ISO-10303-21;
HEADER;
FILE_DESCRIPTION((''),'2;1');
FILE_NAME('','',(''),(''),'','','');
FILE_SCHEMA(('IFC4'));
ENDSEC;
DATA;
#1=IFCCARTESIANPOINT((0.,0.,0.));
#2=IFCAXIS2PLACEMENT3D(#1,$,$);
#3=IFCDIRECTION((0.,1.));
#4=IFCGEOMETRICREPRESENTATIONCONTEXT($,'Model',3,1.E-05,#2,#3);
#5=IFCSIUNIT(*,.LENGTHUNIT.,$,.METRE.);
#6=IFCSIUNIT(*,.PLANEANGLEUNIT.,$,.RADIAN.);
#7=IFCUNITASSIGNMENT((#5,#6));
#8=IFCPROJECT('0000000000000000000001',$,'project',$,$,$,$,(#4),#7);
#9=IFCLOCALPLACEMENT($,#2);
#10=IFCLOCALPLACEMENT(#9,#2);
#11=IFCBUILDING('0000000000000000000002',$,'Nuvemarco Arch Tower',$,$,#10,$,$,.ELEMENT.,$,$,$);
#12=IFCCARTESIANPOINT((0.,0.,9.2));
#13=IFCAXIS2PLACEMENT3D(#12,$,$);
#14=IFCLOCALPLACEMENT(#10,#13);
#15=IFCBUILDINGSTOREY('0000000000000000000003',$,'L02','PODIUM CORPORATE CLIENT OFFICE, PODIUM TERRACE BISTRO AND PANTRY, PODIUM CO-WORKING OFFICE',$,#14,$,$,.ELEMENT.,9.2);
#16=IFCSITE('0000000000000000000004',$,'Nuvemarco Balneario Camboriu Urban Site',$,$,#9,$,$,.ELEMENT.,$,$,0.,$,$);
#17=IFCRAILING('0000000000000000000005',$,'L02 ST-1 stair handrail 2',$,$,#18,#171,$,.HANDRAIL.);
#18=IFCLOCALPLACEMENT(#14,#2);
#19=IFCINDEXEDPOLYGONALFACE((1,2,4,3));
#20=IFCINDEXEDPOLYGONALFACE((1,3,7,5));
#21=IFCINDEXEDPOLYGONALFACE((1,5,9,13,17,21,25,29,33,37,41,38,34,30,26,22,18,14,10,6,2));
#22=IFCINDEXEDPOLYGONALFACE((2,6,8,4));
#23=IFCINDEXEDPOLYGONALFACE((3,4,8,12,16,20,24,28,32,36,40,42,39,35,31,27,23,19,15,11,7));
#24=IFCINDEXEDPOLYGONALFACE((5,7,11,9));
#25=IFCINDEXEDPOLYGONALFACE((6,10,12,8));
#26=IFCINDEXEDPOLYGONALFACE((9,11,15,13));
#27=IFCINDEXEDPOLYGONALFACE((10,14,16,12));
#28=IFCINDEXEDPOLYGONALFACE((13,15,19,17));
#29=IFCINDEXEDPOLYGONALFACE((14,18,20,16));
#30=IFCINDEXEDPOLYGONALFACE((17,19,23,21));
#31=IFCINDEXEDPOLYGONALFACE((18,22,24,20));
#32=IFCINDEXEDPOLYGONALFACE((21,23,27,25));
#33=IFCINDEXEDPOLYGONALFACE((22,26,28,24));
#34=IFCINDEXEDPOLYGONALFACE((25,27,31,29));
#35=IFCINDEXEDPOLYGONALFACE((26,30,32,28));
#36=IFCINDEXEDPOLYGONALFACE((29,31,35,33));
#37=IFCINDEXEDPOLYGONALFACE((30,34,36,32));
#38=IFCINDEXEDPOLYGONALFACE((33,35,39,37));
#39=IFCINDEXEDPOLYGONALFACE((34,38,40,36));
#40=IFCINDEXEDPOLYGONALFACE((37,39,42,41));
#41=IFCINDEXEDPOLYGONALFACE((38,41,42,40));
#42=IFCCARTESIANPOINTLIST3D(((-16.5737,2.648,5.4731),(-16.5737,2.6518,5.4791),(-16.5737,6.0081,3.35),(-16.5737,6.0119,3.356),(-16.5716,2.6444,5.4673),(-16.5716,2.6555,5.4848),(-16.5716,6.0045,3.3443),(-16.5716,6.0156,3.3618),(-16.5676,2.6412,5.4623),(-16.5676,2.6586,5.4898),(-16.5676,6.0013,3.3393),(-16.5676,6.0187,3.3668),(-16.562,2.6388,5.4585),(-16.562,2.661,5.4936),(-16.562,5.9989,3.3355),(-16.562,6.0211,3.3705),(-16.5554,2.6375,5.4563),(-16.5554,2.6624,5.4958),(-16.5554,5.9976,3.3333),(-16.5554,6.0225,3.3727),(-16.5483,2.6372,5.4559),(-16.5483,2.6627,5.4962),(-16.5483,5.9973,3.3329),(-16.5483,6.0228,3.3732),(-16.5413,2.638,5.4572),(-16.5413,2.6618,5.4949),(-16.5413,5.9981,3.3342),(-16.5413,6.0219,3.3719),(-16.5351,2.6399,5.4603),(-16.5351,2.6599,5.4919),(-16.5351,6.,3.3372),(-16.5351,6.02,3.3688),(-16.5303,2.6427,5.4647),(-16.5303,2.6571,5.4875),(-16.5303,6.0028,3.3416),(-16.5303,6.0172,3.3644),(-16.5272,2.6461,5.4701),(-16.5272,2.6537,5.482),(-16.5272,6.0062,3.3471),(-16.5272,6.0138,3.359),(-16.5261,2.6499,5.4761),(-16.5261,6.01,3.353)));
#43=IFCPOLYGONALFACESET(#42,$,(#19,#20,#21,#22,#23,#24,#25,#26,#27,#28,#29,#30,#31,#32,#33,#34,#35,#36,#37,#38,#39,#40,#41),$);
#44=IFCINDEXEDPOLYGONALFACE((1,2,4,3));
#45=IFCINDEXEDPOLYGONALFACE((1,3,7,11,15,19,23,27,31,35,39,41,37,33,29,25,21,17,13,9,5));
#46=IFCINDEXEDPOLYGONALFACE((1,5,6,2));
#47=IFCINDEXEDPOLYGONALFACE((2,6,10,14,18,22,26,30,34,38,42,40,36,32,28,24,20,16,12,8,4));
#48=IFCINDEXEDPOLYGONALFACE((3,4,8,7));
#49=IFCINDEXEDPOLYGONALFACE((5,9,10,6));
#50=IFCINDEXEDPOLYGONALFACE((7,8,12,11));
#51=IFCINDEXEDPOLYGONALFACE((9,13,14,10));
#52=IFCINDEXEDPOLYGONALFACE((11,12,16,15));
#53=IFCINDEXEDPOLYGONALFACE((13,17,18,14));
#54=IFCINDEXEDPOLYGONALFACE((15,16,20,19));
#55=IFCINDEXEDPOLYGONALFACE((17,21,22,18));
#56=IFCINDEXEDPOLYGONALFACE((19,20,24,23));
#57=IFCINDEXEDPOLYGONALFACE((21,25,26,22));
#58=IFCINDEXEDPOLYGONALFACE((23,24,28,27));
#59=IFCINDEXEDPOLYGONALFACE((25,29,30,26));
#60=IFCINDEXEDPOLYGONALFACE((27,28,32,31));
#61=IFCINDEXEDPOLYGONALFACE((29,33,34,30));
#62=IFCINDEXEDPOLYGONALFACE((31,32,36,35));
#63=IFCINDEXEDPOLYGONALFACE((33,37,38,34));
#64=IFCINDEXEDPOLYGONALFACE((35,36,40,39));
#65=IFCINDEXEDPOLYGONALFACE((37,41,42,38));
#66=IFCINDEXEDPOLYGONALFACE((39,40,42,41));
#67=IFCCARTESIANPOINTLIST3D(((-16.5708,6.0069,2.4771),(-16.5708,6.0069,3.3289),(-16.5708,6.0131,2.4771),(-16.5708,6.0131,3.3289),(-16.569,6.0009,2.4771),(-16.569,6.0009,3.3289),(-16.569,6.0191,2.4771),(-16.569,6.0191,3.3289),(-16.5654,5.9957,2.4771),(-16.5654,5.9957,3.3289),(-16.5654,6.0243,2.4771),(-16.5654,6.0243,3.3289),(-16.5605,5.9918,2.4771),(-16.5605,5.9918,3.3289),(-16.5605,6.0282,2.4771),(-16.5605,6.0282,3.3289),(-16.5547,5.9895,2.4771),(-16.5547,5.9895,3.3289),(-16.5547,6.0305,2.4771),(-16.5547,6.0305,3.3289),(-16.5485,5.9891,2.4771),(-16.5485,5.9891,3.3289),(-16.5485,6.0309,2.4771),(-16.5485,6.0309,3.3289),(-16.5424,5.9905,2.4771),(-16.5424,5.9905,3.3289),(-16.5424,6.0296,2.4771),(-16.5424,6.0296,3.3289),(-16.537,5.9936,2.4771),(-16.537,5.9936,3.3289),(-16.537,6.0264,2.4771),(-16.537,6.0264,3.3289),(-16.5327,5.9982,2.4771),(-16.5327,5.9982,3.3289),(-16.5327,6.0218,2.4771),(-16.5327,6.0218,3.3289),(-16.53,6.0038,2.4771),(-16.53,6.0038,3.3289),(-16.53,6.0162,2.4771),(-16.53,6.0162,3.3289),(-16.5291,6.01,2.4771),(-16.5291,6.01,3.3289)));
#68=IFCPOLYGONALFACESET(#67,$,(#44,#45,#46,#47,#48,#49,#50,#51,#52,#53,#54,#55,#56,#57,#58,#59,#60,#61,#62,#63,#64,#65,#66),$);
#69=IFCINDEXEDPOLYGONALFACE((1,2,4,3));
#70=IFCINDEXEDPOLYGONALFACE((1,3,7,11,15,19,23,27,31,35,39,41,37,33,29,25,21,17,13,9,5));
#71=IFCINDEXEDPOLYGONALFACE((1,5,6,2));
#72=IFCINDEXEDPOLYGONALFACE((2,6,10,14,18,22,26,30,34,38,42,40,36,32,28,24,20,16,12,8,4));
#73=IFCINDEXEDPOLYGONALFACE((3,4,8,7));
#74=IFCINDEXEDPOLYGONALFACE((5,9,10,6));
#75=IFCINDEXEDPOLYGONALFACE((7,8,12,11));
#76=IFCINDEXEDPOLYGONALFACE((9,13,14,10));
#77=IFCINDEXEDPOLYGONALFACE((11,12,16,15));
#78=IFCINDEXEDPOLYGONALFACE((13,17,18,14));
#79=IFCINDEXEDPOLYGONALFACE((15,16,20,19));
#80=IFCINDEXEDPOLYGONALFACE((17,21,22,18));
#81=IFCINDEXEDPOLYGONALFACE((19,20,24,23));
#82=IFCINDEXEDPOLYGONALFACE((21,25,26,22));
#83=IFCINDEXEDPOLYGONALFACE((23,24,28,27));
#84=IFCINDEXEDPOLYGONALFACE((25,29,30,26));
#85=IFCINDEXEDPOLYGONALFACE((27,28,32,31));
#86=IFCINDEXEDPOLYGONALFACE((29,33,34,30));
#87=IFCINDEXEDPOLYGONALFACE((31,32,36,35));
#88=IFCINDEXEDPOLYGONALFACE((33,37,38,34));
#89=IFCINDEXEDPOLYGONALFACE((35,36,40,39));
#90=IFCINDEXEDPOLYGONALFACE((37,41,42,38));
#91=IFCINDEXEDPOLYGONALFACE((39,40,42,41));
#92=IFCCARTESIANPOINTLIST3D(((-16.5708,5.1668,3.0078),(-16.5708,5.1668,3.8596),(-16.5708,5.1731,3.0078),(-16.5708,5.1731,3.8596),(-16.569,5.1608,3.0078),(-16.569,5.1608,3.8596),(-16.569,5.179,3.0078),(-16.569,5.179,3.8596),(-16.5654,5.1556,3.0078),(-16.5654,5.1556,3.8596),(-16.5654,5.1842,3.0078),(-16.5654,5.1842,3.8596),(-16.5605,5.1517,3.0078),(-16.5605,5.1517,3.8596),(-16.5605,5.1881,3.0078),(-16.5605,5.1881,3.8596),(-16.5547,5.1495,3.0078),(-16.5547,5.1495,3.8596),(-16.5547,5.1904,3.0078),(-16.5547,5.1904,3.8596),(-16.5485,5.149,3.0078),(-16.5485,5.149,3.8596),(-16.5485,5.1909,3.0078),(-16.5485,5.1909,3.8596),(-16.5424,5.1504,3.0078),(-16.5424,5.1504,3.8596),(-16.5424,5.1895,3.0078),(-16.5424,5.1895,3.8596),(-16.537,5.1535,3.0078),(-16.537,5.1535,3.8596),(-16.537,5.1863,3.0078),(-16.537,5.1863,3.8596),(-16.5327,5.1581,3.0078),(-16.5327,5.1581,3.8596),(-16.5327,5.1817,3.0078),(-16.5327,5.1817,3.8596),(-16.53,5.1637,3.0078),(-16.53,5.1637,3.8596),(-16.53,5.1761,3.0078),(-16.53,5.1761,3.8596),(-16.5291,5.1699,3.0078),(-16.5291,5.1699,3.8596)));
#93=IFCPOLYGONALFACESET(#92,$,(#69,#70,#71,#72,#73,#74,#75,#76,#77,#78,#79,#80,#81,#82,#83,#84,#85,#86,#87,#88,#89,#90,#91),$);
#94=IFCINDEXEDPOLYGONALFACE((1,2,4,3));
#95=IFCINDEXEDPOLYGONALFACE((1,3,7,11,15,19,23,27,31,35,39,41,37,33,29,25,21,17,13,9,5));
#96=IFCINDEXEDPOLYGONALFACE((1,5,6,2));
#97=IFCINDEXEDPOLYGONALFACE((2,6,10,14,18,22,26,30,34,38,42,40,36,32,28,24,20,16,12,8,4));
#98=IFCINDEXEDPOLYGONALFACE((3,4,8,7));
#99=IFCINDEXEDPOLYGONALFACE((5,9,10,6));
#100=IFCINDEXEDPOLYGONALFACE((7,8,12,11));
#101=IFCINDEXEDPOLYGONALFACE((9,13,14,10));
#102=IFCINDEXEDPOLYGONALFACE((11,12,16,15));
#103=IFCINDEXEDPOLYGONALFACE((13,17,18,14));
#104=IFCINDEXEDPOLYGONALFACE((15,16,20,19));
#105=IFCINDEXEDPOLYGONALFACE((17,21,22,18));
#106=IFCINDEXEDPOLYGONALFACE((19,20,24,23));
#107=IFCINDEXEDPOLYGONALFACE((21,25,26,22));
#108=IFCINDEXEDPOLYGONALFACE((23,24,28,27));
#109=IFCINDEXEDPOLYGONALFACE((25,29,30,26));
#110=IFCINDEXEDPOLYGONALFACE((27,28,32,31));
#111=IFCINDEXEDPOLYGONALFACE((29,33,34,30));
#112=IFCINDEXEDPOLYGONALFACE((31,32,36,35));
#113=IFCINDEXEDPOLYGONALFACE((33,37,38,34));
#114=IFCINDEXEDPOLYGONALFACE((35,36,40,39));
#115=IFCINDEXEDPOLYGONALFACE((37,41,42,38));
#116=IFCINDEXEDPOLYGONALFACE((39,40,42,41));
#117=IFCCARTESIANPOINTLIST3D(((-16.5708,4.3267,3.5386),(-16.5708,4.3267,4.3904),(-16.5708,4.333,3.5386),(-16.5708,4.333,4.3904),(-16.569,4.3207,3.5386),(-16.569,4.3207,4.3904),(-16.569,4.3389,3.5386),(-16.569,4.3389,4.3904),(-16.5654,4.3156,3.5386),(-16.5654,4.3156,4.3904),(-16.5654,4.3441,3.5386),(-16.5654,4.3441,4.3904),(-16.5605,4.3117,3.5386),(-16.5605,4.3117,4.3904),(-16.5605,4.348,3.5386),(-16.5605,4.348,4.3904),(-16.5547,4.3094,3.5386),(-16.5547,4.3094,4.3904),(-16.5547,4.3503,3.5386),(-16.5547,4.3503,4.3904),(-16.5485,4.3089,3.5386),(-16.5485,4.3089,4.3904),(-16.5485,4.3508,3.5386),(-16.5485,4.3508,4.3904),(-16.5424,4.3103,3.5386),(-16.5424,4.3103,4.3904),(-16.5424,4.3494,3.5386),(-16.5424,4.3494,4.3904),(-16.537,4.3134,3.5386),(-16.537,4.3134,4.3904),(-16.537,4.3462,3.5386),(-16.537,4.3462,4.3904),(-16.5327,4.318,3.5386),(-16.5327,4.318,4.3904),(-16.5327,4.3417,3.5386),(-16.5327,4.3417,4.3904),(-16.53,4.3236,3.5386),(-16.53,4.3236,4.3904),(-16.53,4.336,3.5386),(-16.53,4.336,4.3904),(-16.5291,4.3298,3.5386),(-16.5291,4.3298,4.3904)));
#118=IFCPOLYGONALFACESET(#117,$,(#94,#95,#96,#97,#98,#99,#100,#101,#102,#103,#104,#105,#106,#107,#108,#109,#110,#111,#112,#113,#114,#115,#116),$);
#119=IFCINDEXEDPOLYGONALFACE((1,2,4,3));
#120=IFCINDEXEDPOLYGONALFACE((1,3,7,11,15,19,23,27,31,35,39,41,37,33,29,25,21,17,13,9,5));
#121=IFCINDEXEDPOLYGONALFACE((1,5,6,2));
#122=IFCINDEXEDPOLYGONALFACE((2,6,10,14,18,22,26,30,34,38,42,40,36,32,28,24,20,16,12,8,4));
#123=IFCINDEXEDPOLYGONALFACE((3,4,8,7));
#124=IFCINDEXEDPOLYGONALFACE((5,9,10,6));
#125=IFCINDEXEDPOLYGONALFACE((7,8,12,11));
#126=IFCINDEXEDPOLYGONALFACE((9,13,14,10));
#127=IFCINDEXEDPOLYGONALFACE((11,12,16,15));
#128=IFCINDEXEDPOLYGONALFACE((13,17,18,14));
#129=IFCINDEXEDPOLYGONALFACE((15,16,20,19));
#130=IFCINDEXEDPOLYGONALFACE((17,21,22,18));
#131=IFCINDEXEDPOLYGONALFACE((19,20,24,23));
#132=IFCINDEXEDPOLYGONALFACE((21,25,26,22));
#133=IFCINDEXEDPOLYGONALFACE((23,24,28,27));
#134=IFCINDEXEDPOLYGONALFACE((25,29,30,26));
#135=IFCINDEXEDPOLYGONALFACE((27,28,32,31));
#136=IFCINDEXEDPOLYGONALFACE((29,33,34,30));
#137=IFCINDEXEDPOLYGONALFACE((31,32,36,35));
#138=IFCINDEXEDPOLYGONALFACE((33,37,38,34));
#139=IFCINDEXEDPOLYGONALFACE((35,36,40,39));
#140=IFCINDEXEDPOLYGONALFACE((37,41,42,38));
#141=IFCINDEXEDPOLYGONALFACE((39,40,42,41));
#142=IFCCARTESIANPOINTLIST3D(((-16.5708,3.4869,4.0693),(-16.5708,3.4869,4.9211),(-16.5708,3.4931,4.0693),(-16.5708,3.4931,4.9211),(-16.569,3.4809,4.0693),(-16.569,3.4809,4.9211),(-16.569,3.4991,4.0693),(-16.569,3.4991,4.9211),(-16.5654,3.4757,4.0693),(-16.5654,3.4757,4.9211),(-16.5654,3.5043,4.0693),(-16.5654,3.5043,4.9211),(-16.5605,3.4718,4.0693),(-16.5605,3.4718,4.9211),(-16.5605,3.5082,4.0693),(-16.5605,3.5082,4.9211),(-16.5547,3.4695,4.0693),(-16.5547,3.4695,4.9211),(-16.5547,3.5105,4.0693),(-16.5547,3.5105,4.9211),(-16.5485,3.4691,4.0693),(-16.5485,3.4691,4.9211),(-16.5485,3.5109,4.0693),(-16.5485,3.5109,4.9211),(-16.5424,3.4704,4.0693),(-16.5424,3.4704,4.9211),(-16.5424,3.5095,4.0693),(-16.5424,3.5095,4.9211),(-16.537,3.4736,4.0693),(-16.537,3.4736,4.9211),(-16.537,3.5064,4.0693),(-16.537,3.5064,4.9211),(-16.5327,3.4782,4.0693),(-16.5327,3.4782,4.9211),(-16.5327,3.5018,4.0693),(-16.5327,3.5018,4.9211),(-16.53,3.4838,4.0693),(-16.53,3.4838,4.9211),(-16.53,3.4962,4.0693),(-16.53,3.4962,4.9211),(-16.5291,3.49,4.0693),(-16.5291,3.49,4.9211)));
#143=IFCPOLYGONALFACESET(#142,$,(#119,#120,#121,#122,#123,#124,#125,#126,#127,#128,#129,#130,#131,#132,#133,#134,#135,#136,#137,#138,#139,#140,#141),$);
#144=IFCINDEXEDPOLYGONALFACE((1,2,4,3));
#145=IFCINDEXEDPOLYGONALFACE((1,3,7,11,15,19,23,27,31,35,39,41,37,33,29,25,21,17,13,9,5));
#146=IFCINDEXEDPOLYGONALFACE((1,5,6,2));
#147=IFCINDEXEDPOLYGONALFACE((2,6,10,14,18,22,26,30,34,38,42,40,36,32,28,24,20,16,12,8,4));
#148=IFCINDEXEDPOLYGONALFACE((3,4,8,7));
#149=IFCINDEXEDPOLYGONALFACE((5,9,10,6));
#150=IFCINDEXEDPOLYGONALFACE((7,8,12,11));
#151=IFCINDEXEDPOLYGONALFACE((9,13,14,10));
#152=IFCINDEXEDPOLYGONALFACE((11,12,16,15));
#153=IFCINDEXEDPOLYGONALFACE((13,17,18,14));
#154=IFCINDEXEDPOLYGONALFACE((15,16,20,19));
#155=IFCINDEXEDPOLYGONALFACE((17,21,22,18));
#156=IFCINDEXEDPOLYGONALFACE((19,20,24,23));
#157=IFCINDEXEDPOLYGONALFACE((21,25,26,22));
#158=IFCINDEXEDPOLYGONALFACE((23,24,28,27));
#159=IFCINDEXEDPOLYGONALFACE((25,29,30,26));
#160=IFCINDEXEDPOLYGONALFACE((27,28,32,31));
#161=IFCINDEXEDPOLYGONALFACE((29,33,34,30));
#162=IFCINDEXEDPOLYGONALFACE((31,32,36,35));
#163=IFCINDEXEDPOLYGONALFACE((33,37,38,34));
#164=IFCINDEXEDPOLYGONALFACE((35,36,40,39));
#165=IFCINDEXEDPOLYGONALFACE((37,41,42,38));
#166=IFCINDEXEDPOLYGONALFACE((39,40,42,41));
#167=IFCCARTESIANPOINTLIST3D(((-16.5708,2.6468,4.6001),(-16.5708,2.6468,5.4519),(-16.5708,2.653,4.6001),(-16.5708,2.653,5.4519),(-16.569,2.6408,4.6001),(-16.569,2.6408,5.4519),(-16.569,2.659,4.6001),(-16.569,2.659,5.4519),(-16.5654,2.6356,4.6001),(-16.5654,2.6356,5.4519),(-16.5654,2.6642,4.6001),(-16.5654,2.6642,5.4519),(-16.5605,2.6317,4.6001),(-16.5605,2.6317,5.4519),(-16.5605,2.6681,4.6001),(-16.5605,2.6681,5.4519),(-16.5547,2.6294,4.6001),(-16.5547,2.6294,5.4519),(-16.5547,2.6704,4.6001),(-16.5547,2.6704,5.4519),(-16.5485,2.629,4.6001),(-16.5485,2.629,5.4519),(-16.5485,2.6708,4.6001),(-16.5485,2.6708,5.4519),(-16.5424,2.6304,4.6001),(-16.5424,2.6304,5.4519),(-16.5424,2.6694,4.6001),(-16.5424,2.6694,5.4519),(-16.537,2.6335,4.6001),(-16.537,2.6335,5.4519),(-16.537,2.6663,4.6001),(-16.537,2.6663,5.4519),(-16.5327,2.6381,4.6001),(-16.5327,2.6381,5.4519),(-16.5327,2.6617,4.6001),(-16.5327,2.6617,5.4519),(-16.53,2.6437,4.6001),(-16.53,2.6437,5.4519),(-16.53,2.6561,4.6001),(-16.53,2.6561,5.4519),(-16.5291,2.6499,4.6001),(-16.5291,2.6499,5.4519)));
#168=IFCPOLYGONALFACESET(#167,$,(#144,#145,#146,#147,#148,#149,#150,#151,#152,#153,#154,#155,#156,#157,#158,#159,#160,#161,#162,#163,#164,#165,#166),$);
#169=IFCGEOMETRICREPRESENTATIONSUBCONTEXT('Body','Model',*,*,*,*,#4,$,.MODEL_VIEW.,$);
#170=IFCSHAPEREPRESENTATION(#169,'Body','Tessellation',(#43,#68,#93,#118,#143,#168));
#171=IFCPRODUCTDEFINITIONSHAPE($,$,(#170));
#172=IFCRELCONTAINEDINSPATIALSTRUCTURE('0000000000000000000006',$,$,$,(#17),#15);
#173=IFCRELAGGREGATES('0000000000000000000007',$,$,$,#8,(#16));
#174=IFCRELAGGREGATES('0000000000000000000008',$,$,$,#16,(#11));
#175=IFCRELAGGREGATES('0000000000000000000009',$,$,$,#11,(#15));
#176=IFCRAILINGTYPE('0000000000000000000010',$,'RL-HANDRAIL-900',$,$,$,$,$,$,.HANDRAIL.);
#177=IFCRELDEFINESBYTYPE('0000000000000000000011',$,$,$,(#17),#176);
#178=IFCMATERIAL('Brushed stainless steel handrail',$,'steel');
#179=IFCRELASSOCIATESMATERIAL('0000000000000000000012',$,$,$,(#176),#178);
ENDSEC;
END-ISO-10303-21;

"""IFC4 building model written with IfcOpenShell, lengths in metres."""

from ifc_helpers import new_model, si_unit, direction, frame, origin, origin_2d, place, context, subcontext, project, spatial, circle, extrude, material, type_object, element, save


model = new_model("IFC4")

# Units and contexts
model_context = context("Model", 3, precision=1e-05, world=origin(), true_north=direction((0.0, 1.0)))
body_context = subcontext(model_context, "Body", "Model", "MODEL_VIEW")
ifc_project = project(units=[si_unit("LENGTHUNIT", "METRE"), si_unit("PLANEANGLEUNIT", "RADIAN")], contexts=[model_context])

# Site, building, storey
site_placement = place(None, origin())
site = spatial("IfcSite", under=ifc_project, at=site_placement, Name="Nuvemarco Balneario Camboriu Urban Site", CompositionType="ELEMENT", RefElevation=0.0)
building_placement = place(site_placement, origin())
building = spatial("IfcBuilding", under=site, at=building_placement, Name="Nuvemarco Arch Tower", CompositionType="ELEMENT")
storey_placement = place(building_placement, frame((0.0, 0.0, 9.2)))
storey = spatial("IfcBuildingStorey", under=building, at=storey_placement, Name="L02", Description="PODIUM CORPORATE CLIENT OFFICE, PODIUM TERRACE BISTRO AND PANTRY, PODIUM CO-WORKING OFFICE", CompositionType="ELEMENT", Elevation=9.2)

# Railing
ifc_material_1 = material(Name="Brushed stainless steel handrail", Category="steel")
railing_type_1 = type_object("IfcRailingType", Name="RL-HANDRAIL-900", PredefinedType="HANDRAIL", material=ifc_material_1)
railing_1_placement = place(storey_placement, frame((-16.55, 6.01, 2.4771)))
element("IfcRailing", 1, at=railing_1_placement, inside=storey, type_object=railing_type_1, Name="L02 ST-1 stair handrail 2", PredefinedType="HANDRAIL", context=body_context, shape_type="SweptSolid", body=[
    extrude(circle(Radius=0.0239, at=origin_2d()), frame((0.0, 0.0, 0.876), z_axis=(0.0, -0.84539, 0.53415), x_axis=(1.0, 0.0, 0.0)), (0.0, 0.0, 1.0), 3.9746),
    extrude(circle(Radius=0.021, at=origin_2d()), origin(), (0.0, 0.0, 1.0), 0.8518),
    extrude(circle(Radius=0.021, at=origin_2d()), frame((0.0, -0.8401, 0.5308)), (0.0, 0.0, 1.0), 0.8518),
    extrude(circle(Radius=0.021, at=origin_2d()), frame((0.0, -1.6802, 1.0615)), (0.0, 0.0, 1.0), 0.8518),
    extrude(circle(Radius=0.021, at=origin_2d()), frame((0.0, -2.52, 1.5923)), (0.0, 0.0, 1.0), 0.8518),
    extrude(circle(Radius=0.021, at=origin_2d()), frame((0.0, -3.3601, 2.123)), (0.0, 0.0, 1.0), 0.8518),
])

save(model, "model.ifc")
